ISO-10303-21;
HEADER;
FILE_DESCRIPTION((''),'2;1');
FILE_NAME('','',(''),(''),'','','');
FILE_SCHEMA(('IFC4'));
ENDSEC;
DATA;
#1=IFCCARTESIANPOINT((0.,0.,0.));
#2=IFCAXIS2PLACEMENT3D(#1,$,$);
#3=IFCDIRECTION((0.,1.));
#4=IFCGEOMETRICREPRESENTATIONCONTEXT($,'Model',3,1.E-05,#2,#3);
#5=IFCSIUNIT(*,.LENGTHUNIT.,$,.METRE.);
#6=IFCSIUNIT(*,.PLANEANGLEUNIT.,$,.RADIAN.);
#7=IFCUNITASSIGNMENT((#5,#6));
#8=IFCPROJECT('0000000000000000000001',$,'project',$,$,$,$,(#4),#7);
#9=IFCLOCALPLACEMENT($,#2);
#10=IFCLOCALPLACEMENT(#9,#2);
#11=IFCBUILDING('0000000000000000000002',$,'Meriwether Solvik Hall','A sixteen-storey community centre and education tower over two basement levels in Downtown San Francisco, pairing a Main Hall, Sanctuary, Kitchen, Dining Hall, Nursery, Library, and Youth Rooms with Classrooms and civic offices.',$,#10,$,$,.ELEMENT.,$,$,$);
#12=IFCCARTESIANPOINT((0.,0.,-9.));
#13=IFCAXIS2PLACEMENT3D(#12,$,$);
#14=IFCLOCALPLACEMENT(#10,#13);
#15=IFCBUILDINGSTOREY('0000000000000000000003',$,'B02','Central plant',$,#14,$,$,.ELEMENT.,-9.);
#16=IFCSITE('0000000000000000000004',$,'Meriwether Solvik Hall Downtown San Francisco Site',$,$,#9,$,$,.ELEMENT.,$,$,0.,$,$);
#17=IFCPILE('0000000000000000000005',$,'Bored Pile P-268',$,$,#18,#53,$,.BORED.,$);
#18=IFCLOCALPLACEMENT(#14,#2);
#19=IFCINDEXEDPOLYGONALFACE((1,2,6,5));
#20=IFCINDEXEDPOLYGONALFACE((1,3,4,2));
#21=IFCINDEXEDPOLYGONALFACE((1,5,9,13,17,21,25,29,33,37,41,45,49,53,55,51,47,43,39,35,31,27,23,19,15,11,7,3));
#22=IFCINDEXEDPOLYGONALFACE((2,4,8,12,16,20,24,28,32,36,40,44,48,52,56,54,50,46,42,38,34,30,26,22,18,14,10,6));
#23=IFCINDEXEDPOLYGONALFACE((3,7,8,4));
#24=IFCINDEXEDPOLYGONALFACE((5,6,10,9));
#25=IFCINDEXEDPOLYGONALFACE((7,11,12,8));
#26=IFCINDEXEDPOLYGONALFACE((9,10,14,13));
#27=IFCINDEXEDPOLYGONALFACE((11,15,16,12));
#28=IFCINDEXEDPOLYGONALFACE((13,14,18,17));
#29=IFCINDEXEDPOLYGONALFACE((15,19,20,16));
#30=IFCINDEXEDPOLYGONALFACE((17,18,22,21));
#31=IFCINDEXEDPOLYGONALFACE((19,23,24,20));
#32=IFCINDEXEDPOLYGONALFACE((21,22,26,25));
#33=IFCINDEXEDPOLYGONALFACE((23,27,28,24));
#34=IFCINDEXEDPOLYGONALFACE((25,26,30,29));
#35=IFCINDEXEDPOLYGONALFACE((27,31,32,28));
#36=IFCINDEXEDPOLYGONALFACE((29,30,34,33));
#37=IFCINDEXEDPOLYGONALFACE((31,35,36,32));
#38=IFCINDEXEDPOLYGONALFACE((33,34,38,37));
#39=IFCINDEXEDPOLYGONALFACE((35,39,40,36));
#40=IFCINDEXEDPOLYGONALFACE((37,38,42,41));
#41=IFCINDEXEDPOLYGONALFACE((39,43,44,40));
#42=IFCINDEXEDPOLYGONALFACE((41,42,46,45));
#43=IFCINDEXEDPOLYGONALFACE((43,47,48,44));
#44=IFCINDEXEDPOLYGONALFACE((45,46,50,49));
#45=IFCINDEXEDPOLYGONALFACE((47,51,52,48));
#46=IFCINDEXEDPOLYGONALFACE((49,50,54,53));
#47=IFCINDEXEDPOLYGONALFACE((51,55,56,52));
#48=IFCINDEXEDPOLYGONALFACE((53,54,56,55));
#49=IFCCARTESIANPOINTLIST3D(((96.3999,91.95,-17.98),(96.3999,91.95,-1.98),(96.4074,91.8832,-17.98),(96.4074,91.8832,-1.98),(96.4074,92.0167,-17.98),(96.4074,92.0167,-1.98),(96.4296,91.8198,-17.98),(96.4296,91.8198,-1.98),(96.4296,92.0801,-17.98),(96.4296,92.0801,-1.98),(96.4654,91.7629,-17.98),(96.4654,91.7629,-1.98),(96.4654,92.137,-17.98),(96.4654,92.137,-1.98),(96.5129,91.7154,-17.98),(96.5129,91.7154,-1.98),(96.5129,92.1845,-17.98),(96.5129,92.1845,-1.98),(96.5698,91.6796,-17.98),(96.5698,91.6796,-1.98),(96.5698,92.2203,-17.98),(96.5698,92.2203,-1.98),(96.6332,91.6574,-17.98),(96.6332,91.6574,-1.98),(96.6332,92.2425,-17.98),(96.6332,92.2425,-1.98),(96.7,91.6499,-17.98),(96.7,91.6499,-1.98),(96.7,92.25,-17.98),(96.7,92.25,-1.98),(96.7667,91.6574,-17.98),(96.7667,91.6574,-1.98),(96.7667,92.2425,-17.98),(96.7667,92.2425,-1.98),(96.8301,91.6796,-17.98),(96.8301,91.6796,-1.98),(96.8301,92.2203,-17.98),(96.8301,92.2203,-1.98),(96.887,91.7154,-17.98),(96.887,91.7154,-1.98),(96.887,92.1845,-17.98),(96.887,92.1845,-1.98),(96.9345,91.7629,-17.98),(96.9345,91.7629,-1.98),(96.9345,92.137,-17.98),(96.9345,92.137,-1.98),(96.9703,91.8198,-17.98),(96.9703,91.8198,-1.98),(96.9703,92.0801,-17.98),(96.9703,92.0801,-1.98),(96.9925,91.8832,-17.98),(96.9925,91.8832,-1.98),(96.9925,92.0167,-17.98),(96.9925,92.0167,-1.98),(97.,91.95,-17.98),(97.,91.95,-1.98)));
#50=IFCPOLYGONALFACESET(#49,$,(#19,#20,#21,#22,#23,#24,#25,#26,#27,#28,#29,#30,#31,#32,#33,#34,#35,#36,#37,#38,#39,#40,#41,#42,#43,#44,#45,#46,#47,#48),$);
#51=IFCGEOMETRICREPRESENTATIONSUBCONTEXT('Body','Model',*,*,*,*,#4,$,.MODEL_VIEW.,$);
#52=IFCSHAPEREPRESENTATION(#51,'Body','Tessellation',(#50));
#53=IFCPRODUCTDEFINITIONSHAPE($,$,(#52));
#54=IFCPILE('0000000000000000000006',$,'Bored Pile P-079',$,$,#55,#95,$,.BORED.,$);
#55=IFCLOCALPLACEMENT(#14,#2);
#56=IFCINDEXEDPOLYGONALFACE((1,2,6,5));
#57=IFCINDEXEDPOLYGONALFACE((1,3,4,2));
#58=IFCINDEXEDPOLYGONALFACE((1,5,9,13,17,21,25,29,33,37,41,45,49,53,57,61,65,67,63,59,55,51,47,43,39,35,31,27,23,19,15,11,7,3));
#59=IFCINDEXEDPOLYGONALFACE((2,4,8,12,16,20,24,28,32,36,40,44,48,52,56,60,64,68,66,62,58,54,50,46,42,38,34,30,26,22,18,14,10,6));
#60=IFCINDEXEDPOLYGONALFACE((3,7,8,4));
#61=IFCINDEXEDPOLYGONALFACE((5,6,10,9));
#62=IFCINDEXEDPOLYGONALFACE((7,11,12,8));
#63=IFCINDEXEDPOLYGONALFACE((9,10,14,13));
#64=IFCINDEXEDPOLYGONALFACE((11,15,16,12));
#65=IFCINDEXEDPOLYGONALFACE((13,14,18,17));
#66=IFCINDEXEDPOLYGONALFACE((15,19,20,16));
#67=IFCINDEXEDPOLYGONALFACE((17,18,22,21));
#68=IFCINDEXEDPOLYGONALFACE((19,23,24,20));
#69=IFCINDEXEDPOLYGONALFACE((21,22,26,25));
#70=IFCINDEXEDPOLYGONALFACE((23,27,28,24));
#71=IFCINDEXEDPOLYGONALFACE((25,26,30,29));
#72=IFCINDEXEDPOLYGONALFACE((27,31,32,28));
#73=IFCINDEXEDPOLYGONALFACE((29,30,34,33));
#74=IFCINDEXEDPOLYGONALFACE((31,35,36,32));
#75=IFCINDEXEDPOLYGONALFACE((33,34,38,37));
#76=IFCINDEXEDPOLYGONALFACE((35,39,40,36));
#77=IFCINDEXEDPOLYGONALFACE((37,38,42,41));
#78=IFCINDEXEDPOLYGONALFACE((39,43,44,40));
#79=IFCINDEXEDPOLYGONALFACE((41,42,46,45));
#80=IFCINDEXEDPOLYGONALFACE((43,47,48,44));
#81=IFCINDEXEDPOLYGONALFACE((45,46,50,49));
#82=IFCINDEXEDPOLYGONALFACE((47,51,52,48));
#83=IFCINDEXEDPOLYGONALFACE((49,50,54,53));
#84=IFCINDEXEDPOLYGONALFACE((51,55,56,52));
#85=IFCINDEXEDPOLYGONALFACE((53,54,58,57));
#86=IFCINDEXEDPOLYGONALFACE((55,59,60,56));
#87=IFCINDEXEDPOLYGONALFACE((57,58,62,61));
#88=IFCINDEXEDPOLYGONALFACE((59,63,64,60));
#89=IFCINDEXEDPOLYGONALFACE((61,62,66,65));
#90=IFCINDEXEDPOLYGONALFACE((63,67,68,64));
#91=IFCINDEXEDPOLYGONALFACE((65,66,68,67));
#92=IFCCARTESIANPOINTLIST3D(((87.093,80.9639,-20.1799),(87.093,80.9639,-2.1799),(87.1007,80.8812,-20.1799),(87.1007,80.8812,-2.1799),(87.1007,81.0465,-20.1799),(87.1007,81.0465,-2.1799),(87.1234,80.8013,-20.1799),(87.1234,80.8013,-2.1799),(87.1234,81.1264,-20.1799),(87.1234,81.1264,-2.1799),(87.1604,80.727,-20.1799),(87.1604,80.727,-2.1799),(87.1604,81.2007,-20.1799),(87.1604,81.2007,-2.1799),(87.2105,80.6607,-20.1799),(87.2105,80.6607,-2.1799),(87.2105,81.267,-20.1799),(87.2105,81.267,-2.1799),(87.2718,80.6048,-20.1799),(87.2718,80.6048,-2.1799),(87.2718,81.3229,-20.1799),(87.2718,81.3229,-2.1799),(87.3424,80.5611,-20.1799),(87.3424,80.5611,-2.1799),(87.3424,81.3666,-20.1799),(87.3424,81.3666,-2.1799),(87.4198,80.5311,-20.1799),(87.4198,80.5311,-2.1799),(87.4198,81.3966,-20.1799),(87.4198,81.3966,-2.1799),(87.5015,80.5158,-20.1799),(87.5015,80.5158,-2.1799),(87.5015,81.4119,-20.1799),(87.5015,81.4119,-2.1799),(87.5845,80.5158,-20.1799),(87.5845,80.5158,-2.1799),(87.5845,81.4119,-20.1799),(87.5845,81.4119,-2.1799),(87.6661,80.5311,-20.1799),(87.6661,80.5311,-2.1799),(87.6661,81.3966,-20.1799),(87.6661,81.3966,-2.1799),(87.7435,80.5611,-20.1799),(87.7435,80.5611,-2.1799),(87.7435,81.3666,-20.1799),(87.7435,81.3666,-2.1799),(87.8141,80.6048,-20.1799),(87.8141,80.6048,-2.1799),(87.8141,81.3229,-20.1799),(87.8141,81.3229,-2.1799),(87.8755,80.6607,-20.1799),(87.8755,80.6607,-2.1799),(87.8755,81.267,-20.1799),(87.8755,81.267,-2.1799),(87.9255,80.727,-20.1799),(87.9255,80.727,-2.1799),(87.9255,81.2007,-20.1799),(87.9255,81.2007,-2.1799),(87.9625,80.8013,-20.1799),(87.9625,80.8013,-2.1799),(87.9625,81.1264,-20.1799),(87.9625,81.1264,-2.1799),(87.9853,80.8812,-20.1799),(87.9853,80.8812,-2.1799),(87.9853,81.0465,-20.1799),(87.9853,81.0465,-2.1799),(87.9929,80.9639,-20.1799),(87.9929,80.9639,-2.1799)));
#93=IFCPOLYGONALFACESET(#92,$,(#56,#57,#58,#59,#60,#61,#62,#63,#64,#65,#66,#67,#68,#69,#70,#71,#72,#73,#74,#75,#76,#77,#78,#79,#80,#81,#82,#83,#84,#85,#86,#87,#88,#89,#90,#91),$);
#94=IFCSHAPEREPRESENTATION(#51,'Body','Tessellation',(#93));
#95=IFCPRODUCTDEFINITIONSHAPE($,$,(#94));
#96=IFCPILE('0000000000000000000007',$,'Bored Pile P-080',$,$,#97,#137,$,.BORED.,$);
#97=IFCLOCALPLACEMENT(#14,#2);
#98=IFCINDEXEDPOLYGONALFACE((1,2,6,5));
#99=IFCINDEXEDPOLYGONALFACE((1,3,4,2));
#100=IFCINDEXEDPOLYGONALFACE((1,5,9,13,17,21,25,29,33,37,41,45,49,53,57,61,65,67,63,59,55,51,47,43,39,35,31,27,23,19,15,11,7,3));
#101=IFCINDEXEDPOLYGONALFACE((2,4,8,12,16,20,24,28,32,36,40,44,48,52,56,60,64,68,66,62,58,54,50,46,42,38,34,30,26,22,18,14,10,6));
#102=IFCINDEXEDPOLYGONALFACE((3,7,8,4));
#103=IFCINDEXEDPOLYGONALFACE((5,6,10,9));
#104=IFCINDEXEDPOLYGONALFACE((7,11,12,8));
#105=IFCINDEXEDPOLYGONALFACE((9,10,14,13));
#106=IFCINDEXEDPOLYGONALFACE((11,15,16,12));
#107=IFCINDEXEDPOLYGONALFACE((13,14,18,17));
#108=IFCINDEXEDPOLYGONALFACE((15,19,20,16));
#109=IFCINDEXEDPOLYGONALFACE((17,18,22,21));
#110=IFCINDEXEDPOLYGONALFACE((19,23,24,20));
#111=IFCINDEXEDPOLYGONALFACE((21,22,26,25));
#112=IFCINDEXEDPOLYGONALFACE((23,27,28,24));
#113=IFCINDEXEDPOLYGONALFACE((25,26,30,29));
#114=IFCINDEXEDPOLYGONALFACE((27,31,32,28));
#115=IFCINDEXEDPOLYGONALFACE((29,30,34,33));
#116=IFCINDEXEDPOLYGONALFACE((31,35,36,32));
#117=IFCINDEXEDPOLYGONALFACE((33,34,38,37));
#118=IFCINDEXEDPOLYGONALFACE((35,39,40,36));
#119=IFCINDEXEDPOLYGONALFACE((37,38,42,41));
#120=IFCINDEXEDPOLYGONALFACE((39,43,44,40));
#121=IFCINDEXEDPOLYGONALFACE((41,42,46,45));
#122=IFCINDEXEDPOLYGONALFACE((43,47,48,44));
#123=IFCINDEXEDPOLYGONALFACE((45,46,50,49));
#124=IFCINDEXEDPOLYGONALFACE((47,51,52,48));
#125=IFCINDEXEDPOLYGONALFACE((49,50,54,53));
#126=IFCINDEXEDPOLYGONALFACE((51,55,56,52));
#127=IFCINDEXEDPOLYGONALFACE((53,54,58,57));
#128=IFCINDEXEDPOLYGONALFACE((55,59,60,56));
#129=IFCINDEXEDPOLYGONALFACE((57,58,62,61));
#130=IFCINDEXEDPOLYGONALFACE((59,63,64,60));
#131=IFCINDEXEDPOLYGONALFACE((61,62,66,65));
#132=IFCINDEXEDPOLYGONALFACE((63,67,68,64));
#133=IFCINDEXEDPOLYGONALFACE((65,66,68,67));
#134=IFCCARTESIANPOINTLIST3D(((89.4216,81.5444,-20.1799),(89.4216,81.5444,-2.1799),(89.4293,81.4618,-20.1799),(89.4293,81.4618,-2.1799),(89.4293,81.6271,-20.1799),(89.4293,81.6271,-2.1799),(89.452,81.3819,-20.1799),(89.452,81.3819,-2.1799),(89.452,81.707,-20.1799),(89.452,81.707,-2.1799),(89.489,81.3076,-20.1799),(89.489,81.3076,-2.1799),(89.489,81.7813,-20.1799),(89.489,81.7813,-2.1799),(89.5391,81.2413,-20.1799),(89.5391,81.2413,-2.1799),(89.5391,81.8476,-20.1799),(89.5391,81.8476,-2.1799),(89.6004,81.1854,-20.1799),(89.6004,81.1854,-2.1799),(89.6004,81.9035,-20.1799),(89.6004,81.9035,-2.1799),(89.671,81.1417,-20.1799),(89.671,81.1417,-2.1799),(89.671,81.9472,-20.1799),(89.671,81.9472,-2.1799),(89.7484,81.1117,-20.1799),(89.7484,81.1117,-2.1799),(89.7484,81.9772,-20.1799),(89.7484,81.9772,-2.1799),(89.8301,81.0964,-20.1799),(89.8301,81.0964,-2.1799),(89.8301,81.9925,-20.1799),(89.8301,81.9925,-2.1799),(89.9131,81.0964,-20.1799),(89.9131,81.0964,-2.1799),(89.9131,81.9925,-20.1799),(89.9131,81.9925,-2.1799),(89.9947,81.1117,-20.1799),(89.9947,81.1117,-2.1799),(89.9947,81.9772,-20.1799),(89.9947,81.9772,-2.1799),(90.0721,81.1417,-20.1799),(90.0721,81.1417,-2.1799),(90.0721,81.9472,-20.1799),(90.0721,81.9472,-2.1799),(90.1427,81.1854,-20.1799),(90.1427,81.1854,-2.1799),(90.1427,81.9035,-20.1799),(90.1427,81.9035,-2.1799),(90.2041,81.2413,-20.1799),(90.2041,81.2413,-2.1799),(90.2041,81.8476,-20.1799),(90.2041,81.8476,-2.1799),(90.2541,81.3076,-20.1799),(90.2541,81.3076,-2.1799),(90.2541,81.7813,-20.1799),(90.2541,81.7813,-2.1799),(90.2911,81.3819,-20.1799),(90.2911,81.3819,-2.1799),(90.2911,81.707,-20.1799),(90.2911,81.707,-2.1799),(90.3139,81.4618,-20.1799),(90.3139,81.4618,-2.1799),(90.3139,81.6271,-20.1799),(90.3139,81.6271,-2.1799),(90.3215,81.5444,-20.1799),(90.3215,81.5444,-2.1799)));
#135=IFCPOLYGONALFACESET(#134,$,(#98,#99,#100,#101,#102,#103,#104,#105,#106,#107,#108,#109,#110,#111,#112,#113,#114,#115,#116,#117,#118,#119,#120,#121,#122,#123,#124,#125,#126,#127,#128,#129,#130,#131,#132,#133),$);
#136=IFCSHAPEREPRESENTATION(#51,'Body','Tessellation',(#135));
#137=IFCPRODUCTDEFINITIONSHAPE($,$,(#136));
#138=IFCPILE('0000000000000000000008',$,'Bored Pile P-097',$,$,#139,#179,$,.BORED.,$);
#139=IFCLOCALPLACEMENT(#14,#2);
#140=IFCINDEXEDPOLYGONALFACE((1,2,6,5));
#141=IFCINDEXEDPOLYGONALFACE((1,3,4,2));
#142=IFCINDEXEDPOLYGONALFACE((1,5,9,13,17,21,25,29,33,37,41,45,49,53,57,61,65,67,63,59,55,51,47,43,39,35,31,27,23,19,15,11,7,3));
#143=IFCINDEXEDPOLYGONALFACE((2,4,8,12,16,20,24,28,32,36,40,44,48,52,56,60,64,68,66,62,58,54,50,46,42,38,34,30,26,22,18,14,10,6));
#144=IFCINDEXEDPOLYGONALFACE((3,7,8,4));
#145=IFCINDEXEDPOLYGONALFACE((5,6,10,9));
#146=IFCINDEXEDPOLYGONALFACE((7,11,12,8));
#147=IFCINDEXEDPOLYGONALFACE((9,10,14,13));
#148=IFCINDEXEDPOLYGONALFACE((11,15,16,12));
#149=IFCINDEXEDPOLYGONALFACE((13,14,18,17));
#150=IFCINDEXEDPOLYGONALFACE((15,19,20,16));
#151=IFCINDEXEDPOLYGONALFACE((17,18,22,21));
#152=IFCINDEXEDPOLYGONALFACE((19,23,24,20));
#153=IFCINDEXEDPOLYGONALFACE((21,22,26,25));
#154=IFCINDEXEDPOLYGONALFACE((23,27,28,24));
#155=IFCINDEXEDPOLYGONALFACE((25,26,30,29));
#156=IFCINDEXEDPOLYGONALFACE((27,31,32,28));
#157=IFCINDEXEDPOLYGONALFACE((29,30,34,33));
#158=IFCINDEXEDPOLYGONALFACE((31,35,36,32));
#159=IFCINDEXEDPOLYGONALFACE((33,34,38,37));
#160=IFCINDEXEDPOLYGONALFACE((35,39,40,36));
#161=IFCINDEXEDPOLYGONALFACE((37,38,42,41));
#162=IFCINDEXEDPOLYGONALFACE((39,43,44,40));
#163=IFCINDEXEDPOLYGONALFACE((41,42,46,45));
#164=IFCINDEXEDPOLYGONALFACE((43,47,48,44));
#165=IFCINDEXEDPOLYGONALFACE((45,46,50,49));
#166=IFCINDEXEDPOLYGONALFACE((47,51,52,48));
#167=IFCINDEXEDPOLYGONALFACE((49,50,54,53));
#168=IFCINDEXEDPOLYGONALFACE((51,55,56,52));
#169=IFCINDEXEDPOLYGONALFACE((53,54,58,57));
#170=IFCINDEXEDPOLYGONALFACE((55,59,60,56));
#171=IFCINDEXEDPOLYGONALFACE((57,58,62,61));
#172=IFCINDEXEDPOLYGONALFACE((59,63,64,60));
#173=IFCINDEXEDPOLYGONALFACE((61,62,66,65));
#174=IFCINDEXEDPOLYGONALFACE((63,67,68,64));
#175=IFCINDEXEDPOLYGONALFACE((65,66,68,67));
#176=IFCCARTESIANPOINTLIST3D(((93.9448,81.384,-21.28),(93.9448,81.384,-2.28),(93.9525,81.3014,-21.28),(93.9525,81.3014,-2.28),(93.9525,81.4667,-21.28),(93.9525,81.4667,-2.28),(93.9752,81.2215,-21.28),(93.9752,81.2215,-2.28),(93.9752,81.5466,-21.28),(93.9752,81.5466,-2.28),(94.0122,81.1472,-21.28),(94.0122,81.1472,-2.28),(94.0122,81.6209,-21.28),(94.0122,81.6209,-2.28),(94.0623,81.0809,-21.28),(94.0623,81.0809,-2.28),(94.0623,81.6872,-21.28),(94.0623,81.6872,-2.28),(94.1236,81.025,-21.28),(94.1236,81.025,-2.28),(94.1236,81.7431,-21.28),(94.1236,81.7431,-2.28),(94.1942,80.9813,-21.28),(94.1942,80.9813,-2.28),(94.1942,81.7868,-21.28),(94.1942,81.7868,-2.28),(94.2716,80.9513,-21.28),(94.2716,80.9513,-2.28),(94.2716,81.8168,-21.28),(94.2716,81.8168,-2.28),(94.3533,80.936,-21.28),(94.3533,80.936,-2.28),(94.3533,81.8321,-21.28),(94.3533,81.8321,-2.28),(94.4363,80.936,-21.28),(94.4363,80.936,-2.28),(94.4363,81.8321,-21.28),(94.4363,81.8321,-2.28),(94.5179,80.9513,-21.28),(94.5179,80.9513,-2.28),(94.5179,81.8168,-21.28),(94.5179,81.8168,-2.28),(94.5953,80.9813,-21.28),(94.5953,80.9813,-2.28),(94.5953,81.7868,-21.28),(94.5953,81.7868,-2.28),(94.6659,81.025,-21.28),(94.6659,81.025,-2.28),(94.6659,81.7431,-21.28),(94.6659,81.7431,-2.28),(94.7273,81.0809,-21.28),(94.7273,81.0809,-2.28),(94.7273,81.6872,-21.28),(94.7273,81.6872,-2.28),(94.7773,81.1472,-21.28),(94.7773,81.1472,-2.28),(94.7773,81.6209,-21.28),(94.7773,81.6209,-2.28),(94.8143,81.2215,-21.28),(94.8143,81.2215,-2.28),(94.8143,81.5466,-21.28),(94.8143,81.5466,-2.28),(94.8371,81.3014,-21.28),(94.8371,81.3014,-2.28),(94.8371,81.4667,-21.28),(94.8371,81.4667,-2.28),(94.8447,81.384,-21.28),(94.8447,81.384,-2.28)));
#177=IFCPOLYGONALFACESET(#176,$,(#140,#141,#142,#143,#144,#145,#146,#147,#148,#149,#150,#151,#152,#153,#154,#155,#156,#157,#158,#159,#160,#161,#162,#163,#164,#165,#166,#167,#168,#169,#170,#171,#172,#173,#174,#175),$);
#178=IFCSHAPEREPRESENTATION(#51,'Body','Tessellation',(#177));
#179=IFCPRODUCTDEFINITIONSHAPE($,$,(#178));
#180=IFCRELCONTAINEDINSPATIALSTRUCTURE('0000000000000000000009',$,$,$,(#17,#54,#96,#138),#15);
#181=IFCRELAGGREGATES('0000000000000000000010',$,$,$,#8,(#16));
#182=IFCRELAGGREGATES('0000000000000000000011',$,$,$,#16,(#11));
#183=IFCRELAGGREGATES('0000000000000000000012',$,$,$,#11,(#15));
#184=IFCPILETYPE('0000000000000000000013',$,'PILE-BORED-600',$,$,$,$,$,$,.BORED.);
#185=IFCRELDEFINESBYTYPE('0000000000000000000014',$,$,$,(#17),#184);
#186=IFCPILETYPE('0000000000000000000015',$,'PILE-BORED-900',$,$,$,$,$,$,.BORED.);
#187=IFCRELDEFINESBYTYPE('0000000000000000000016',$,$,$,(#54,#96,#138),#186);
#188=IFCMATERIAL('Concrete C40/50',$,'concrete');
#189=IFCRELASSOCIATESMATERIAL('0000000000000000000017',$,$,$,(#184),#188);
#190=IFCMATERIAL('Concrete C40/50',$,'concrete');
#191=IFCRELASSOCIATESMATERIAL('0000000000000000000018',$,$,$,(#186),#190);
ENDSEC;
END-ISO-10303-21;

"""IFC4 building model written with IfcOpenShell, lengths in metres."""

from ifc_helpers import new_model, si_unit, direction, frame, origin, origin_2d, place, context, subcontext, project, spatial, circle, extrude, material, material_profile, profile_set, type_object, element, save


model = new_model("IFC4")

# Units and contexts
model_context = context("Model", 3, precision=1e-05, world=origin(), true_north=direction((0.0, 1.0)))
body_context = subcontext(model_context, "Body", "Model", "MODEL_VIEW")
ifc_project = project(units=[si_unit("LENGTHUNIT", "METRE"), si_unit("PLANEANGLEUNIT", "RADIAN")], contexts=[model_context])

# Site, building, storey
site_placement = place(None, origin())
site = spatial("IfcSite", under=ifc_project, at=site_placement, Name="Meriwether Solvik Hall Downtown San Francisco Site", CompositionType="ELEMENT", RefElevation=0.0)
building_placement = place(site_placement, origin())
building = spatial("IfcBuilding", under=site, at=building_placement, Name="Meriwether Solvik Hall", Description="A sixteen-storey community centre and education tower over two basement levels in Downtown San Francisco, pairing a Main Hall, Sanctuary, Kitchen, Dining Hall, Nursery, Library, and Youth Rooms with Classrooms and civic offices.", CompositionType="ELEMENT")
storey_placement = place(building_placement, frame((0.0, 0.0, -9.0)))
storey = spatial("IfcBuildingStorey", under=building, at=storey_placement, Name="B02", Description="Central plant", CompositionType="ELEMENT", Elevation=-9.0)

# Piles
ifc_material_1 = material(Name="Concrete C40/50", Category="concrete")
ifc_material_profile_1 = material_profile(ifc_material_1, circle(Radius=0.3, at=origin_2d()), Name="PILE-D600")
ifc_profile_set_1 = profile_set([ifc_material_profile_1], Name="Concrete C40/50")
pile_type_1 = type_object("IfcPileType", Name="PILE-BORED-600", PredefinedType="BORED", material=ifc_profile_set_1)
for number, where, z_axis, x_axis, name in (
    (1, (96.7, 91.95, -1.98), (0.0, 0.0, -1.0), (1.0, 0.0, 0.0), "Bored Pile P-268"),
):
    element("IfcPile", number, at=place(storey_placement, frame(where, z_axis=z_axis, x_axis=x_axis)), inside=storey, type_object=pile_type_1, Name=name, PredefinedType="BORED", context=body_context, shape_type="SweptSolid", body=[
        extrude(circle(Radius=0.3, at=origin_2d()), origin(), (0.0, 0.0, 1.0), 16.0),
    ])
ifc_material_2 = material(Name="Concrete C40/50", Category="concrete")
ifc_material_profile_2 = material_profile(ifc_material_2, circle(Radius=0.45, at=origin_2d()), Name="PILE-D900")
ifc_profile_set_2 = profile_set([ifc_material_profile_2], Name="Concrete C40/50")
pile_type_2 = type_object("IfcPileType", Name="PILE-BORED-900", PredefinedType="BORED", material=ifc_profile_set_2)
for number, where, z_axis, x_axis, name in (
    (2, (87.543, 80.9639, -2.1799), (0.0, 0.0, -1.0), (1.0, 0.0, 0.0), "Bored Pile P-079"),
    (3, (89.8716, 81.5444, -2.1799), (0.0, 0.0, -1.0), (1.0, 0.0, 0.0), "Bored Pile P-080"),
):
    element("IfcPile", number, at=place(storey_placement, frame(where, z_axis=z_axis, x_axis=x_axis)), inside=storey, type_object=pile_type_2, Name=name, PredefinedType="BORED", context=body_context, shape_type="SweptSolid", body=[
        extrude(circle(Radius=0.45, at=origin_2d()), origin(), (0.0, 0.0, 1.0), 18.0),
    ])
for number, where, z_axis, x_axis, name in (
    (4, (94.3948, 81.384, -2.28), (0.0, 0.0, -1.0), (1.0, 0.0, 0.0), "Bored Pile P-097"),
):
    element("IfcPile", number, at=place(storey_placement, frame(where, z_axis=z_axis, x_axis=x_axis)), inside=storey, type_object=pile_type_2, Name=name, PredefinedType="BORED", context=body_context, shape_type="SweptSolid", body=[
        extrude(circle(Radius=0.45, at=origin_2d()), origin(), (0.0, 0.0, 1.0), 19.0),
    ])

save(model, "model.ifc")
